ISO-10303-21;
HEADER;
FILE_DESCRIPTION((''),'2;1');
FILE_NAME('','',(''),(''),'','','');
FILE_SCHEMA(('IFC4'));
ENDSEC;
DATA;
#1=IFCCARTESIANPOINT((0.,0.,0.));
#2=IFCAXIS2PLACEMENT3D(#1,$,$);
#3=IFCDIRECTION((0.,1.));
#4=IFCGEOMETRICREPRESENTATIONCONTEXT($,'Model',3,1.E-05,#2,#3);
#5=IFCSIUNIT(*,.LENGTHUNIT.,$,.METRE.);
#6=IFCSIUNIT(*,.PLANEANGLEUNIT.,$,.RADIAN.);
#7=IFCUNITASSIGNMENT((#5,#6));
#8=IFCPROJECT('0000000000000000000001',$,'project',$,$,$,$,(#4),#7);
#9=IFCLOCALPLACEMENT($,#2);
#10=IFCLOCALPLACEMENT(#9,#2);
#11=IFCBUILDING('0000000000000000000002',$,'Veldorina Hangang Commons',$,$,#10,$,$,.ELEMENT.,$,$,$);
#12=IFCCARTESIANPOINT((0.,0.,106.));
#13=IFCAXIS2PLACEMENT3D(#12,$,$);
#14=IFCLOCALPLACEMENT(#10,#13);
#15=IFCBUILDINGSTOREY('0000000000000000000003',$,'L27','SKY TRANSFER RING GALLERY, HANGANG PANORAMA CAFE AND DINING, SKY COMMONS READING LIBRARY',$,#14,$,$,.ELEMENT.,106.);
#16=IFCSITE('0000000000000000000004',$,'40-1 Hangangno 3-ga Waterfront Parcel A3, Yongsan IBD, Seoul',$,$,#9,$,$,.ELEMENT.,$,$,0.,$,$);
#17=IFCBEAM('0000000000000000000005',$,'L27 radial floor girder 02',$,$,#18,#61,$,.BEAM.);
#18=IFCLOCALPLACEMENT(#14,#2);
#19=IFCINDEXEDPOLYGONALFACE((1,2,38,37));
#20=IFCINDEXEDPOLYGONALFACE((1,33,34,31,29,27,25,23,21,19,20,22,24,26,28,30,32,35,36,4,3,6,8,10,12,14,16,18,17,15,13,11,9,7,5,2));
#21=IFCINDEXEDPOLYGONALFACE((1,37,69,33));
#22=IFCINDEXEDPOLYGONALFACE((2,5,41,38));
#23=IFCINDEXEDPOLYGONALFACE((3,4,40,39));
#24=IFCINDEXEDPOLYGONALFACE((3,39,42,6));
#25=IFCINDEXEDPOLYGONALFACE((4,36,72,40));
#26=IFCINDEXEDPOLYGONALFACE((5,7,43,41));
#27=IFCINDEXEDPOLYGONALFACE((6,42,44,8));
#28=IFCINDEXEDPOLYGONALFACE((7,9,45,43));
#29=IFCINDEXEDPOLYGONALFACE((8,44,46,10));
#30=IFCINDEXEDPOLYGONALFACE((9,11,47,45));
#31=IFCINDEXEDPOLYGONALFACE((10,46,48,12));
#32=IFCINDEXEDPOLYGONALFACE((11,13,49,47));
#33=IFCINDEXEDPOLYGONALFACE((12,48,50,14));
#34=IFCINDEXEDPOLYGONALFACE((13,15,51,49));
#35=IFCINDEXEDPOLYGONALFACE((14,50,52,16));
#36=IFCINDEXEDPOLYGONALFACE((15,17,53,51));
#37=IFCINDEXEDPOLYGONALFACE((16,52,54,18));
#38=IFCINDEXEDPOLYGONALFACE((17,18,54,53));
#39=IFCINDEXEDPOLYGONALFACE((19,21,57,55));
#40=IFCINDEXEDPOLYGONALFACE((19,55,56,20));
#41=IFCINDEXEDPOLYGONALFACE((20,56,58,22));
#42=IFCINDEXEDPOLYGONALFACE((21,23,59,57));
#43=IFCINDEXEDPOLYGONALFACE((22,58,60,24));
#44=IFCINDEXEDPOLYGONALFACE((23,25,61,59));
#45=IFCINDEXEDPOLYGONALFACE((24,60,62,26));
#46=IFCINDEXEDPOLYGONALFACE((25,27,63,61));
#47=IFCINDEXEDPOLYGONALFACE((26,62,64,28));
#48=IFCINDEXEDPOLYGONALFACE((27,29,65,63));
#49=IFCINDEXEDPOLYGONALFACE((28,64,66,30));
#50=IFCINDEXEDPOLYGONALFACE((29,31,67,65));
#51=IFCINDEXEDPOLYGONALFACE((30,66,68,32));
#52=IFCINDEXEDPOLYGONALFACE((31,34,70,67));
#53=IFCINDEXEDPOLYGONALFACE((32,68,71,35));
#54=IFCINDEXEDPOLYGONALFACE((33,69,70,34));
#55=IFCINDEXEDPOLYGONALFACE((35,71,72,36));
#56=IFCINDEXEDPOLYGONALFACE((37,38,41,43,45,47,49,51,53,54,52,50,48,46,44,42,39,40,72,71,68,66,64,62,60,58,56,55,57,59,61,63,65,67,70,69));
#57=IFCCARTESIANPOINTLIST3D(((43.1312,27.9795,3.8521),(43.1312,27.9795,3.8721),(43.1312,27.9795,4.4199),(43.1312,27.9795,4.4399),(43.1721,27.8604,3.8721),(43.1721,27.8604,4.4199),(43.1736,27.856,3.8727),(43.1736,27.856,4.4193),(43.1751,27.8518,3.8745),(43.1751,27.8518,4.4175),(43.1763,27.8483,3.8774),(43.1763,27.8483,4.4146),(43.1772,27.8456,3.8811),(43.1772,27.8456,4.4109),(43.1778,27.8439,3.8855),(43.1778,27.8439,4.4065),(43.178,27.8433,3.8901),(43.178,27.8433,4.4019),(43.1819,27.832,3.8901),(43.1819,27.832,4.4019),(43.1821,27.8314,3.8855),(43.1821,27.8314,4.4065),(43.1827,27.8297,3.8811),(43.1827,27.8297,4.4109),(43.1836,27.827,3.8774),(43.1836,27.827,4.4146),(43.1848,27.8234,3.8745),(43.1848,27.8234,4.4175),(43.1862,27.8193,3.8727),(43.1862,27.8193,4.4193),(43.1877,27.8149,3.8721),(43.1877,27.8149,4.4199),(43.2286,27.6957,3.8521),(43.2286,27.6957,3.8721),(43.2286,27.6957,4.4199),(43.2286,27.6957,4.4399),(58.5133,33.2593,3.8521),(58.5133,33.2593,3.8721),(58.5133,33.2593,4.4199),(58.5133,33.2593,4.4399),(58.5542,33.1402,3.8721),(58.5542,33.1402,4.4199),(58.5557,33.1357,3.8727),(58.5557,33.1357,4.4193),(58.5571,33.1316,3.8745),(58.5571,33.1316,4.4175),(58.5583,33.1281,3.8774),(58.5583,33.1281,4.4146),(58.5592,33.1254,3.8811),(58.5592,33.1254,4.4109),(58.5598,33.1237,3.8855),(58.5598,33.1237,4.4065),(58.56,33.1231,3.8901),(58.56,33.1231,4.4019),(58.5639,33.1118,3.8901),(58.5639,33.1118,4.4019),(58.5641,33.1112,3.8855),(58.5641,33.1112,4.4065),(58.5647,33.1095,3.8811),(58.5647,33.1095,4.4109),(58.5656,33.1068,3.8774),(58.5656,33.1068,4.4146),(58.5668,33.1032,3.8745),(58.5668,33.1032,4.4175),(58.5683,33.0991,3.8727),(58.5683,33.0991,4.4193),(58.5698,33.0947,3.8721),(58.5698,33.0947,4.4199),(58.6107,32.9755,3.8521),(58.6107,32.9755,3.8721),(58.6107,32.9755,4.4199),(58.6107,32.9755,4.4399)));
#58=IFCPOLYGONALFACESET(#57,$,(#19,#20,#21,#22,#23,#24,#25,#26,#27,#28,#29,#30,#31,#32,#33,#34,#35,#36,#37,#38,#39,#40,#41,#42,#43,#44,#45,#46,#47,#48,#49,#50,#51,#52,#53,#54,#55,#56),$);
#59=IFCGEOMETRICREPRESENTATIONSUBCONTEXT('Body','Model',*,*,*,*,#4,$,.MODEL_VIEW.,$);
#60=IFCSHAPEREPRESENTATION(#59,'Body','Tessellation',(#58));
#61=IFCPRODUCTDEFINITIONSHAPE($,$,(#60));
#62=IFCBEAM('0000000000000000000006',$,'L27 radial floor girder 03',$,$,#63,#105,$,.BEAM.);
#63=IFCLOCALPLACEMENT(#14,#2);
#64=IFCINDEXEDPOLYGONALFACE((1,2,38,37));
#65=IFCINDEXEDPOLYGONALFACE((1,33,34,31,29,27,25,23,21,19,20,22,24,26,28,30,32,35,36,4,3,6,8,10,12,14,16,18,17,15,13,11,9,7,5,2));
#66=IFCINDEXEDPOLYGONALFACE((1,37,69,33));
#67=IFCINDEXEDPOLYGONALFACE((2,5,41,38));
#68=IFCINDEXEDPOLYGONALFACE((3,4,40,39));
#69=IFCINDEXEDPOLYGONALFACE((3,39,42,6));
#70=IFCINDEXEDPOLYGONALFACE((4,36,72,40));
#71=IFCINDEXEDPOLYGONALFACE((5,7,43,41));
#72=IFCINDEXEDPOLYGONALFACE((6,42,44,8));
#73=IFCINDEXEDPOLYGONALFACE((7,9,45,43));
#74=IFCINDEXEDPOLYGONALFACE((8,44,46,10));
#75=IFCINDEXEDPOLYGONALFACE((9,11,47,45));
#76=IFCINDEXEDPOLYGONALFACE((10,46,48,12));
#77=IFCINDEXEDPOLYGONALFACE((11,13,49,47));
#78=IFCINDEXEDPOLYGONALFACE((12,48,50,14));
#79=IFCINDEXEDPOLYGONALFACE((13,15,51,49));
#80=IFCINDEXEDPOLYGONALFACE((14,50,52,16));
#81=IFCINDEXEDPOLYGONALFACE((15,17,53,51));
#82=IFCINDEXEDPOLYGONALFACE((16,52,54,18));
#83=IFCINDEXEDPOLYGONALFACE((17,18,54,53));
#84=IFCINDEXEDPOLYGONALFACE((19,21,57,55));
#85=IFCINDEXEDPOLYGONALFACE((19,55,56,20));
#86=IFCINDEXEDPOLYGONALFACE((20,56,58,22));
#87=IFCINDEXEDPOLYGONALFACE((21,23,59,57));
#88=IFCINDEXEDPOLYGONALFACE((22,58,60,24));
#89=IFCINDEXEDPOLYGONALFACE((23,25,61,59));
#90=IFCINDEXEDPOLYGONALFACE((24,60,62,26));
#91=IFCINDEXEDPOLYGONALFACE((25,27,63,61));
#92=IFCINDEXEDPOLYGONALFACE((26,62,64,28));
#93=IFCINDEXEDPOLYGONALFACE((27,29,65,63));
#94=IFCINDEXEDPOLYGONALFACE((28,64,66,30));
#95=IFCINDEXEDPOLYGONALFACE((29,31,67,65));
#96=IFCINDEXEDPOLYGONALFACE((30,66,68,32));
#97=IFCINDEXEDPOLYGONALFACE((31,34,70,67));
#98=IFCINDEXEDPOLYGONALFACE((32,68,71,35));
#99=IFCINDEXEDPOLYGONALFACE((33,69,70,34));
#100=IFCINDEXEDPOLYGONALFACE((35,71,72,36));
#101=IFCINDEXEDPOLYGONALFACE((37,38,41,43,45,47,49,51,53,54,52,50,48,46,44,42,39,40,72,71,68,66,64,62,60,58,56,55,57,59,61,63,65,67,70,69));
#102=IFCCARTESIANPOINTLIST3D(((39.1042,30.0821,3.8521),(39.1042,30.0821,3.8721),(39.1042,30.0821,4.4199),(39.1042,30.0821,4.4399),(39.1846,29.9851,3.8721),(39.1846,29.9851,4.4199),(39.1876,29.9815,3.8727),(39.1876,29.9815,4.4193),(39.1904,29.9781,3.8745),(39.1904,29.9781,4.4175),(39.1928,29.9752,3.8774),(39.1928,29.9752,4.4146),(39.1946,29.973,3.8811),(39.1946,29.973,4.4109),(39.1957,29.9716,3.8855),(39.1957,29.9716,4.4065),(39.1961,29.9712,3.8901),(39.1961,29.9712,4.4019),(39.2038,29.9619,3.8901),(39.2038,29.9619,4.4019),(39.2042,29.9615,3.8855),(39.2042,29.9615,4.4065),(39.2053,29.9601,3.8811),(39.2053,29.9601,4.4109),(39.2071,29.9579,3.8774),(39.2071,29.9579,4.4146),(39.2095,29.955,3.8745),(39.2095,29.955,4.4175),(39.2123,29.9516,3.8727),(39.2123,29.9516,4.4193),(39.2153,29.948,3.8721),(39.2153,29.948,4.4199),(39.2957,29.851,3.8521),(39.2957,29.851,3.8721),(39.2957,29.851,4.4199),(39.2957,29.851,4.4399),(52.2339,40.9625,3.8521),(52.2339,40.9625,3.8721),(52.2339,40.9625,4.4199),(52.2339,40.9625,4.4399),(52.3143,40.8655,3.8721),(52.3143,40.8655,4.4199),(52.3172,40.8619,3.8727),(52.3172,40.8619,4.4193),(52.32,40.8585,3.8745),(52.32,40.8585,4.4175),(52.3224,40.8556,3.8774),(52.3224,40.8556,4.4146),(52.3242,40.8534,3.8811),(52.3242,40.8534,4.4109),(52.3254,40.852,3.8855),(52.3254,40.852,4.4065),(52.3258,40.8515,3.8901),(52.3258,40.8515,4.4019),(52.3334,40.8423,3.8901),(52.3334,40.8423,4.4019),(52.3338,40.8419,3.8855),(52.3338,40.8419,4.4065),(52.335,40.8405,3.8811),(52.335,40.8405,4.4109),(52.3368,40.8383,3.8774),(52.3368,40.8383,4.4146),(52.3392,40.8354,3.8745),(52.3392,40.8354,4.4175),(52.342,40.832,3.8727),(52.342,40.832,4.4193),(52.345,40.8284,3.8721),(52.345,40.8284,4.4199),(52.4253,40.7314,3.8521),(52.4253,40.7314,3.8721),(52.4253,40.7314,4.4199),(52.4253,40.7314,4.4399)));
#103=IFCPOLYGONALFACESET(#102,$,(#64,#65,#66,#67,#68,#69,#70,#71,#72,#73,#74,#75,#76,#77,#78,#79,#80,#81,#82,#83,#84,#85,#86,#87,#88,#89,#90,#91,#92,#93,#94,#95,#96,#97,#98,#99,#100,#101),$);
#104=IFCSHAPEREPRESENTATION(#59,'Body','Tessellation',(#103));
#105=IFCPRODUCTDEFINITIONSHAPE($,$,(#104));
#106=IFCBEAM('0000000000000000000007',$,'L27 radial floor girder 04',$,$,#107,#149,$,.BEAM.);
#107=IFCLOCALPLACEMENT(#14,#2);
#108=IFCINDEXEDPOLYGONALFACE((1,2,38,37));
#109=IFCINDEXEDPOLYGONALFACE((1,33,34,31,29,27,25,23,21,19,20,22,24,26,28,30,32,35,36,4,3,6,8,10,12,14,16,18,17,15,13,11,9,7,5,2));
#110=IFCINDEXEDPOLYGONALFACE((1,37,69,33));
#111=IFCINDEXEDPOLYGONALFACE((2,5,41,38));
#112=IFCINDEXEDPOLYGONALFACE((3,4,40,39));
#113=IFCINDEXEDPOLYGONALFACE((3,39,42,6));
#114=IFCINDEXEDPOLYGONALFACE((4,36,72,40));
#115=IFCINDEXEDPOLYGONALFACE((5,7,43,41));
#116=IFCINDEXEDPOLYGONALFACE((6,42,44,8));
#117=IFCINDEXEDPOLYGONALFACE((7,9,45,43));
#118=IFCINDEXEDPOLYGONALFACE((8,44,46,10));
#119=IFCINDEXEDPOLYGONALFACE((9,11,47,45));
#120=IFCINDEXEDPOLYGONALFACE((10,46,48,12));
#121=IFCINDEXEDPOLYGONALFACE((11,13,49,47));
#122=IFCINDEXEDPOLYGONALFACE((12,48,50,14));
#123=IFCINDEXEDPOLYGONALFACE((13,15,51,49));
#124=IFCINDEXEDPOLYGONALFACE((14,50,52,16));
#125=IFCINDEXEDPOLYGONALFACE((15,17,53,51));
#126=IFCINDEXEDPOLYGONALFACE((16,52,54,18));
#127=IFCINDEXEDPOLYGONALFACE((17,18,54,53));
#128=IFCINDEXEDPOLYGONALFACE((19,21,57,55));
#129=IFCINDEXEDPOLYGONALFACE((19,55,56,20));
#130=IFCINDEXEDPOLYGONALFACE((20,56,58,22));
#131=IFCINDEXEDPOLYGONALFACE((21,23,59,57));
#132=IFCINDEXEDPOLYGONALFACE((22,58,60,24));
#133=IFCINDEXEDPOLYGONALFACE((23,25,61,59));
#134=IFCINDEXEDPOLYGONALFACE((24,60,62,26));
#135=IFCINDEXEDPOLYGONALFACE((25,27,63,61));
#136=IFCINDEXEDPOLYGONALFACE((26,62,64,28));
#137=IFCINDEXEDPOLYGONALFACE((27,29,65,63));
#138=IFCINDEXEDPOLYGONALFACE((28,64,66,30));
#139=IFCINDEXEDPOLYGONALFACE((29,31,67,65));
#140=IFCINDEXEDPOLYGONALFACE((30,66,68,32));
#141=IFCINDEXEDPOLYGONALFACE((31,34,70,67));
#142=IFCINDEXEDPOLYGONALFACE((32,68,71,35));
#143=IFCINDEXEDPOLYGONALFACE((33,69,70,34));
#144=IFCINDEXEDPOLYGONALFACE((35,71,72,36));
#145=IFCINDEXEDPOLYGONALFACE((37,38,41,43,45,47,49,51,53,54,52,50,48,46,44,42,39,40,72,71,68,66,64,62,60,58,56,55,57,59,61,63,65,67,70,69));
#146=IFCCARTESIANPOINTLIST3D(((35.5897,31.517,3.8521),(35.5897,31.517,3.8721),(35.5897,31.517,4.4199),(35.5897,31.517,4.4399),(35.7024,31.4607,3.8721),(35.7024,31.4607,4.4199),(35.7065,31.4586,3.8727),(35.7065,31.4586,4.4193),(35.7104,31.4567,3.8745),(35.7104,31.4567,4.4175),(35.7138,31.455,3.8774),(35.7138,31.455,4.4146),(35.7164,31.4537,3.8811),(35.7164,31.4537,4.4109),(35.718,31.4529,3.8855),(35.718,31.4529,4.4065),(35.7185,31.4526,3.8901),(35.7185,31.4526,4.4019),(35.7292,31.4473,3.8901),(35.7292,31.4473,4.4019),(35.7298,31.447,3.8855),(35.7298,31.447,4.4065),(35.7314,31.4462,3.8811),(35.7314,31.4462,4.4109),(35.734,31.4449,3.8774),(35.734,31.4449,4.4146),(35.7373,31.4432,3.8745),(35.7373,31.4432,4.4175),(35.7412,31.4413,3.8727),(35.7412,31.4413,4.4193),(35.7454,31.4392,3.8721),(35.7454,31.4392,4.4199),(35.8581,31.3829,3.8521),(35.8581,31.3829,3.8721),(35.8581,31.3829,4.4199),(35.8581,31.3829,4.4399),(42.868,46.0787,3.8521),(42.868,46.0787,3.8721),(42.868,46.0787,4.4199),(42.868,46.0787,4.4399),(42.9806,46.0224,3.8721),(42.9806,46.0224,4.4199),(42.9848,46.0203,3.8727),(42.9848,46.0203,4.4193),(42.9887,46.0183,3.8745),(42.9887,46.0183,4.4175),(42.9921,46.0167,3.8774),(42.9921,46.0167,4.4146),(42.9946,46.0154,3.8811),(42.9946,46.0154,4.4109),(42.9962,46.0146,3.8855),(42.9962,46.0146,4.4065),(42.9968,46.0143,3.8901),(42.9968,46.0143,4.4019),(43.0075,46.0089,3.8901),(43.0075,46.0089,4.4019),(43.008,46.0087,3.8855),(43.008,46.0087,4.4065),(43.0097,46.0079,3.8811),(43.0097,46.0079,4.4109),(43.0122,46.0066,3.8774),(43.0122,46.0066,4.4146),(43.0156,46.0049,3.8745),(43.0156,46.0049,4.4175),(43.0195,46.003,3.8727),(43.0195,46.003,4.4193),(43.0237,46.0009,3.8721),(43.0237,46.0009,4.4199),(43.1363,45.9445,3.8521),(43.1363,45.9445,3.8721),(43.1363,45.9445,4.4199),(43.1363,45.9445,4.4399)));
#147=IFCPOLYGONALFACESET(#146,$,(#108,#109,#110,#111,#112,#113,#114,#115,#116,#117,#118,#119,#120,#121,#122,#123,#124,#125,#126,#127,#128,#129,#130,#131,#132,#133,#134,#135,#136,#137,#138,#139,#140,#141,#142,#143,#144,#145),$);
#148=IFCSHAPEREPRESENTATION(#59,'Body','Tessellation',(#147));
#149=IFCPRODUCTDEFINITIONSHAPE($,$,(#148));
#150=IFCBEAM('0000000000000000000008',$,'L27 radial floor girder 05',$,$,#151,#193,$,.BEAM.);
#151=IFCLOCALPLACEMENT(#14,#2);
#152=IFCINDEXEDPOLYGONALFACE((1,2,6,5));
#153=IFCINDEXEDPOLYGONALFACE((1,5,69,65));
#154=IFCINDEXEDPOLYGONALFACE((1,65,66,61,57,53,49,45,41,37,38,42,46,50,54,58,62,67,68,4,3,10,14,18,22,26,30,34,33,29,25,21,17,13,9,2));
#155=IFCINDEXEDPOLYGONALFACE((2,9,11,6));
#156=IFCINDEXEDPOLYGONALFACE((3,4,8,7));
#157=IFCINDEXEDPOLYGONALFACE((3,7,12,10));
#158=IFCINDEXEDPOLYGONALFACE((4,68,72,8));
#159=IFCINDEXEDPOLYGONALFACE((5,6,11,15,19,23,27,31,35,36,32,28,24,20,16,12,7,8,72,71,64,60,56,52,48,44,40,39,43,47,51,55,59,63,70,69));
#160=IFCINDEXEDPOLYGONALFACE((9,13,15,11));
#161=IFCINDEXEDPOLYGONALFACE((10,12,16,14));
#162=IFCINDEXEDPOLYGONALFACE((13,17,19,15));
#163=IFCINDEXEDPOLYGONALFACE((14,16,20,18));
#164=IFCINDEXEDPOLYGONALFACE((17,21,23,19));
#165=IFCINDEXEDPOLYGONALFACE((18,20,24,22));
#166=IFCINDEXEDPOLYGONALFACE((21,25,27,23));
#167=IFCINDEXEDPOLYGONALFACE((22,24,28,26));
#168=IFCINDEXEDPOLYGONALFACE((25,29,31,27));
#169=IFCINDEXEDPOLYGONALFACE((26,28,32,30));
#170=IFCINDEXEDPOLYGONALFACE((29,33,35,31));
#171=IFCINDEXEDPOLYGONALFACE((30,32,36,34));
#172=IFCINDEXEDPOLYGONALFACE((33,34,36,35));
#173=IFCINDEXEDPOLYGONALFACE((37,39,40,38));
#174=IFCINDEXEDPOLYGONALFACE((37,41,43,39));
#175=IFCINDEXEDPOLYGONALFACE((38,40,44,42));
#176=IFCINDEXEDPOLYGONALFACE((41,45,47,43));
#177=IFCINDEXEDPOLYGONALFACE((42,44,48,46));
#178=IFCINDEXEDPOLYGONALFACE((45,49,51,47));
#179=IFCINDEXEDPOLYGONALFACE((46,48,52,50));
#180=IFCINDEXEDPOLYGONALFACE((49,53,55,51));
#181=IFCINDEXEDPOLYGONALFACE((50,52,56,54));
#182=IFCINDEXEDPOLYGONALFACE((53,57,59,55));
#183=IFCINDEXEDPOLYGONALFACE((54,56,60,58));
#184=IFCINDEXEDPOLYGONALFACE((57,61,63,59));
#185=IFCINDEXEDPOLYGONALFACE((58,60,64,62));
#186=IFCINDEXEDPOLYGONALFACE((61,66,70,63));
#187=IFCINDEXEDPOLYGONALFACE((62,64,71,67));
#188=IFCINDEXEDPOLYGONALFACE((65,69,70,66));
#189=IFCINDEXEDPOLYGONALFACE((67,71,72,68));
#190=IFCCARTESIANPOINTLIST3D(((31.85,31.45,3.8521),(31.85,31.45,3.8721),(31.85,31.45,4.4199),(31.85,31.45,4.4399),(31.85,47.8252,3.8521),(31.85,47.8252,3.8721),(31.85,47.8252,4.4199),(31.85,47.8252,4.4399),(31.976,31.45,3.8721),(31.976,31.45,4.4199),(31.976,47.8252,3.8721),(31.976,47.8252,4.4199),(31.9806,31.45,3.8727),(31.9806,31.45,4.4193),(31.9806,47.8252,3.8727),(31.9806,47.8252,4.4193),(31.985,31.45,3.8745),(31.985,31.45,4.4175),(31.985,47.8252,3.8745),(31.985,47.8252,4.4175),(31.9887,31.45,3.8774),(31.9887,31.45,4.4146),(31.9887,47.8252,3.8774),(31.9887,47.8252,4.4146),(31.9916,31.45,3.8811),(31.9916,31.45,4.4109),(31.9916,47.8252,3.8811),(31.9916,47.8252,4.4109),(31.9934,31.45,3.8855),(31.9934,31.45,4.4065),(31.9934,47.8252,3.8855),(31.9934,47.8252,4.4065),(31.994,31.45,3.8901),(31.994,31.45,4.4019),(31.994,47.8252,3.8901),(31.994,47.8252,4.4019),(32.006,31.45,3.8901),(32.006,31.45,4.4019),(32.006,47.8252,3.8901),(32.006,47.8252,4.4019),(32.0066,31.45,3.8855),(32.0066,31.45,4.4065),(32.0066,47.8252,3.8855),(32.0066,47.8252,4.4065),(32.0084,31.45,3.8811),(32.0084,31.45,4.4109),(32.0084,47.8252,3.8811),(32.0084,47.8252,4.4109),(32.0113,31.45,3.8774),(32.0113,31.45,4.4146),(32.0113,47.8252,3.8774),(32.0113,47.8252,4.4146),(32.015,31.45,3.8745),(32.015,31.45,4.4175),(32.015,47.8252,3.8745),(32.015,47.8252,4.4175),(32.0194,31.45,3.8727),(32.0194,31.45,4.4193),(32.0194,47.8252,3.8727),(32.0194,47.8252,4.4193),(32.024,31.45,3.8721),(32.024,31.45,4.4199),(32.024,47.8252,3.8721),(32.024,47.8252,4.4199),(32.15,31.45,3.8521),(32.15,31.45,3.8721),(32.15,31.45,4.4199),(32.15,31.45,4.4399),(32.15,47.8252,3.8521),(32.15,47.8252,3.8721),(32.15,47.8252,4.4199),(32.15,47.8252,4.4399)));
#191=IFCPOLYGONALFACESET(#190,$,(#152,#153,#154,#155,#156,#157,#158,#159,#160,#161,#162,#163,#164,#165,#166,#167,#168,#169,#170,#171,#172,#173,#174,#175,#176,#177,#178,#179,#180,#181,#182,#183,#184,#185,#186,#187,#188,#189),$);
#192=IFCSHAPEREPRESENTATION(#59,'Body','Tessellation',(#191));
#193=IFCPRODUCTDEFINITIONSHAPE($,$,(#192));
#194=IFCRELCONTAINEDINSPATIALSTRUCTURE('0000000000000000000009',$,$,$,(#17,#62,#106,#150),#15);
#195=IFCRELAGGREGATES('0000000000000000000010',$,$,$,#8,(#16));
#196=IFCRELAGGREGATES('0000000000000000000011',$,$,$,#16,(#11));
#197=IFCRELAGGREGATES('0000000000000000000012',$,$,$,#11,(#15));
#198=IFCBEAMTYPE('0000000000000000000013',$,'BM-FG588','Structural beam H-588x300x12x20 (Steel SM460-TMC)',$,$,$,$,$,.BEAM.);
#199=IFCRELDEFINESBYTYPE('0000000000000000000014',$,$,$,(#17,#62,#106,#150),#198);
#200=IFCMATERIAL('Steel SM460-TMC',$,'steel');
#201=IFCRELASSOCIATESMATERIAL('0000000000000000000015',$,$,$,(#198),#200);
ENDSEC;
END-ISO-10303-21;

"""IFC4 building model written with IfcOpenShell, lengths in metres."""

from ifc_helpers import new_model, si_unit, direction, frame, origin, origin_2d, place, context, subcontext, project, spatial, i_section, extrude, material, material_profile, profile_set, type_object, element, save


model = new_model("IFC4")

# Units and contexts
model_context = context("Model", 3, precision=1e-05, world=origin(), true_north=direction((0.0, 1.0)))
body_context = subcontext(model_context, "Body", "Model", "MODEL_VIEW")
ifc_project = project(units=[si_unit("LENGTHUNIT", "METRE"), si_unit("PLANEANGLEUNIT", "RADIAN")], contexts=[model_context])

# Site, building, storey
site_placement = place(None, origin())
site = spatial("IfcSite", under=ifc_project, at=site_placement, Name="40-1 Hangangno 3-ga Waterfront Parcel A3, Yongsan IBD, Seoul", CompositionType="ELEMENT", RefElevation=0.0)
building_placement = place(site_placement, origin())
building = spatial("IfcBuilding", under=site, at=building_placement, Name="Veldorina Hangang Commons", CompositionType="ELEMENT")
storey_placement = place(building_placement, frame((0.0, 0.0, 106.0)))
storey = spatial("IfcBuildingStorey", under=building, at=storey_placement, Name="L27", Description="SKY TRANSFER RING GALLERY, HANGANG PANORAMA CAFE AND DINING, SKY COMMONS READING LIBRARY", CompositionType="ELEMENT", Elevation=106.0)

# Beams
ifc_material_1 = material(Name="Steel SM460-TMC", Category="steel")
ifc_material_profile = material_profile(ifc_material_1, i_section(OverallWidth=0.3, OverallDepth=0.5879, WebThickness=0.012, FlangeThickness=0.02, FilletRadius=0.0181, at=origin_2d()), Name="H-588x300x12x20")
ifc_profile_set = profile_set([ifc_material_profile], Name="Steel SM460-TMC")
beam_type = type_object("IfcBeamType", Name="BM-FG588", Description="Structural beam H-588x300x12x20 (Steel SM460-TMC)", PredefinedType="BEAM", material=ifc_profile_set)
beam_1_placement = place(storey_placement, frame((43.1799, 27.8376, 4.146), z_axis=(0.945834, 0.324651, 0.0), x_axis=(-0.324651, 0.945834, 0.0)))
element("IfcBeam", 1, at=beam_1_placement, inside=storey, type_object=beam_type, Name="L27 radial floor girder 02", PredefinedType="BEAM", context=body_context, shape_type="SweptSolid", body=[
    extrude(i_section(OverallWidth=0.3, OverallDepth=0.5879, WebThickness=0.012, FlangeThickness=0.02, FilletRadius=0.0181, at=origin_2d()), origin(), (0.0, 0.0, 1.0), 16.2629),
])
beam_2_placement = place(storey_placement, frame((39.2, 29.9666, 4.146), z_axis=(0.769978, 0.638071, 0.0), x_axis=(-0.638071, 0.769978, 0.0)))
element("IfcBeam", 2, at=beam_2_placement, inside=storey, type_object=beam_type, Name="L27 radial floor girder 03", PredefinedType="BEAM", context=body_context, shape_type="SweptSolid", body=[
    extrude(i_section(OverallWidth=0.3, OverallDepth=0.5879, WebThickness=0.012, FlangeThickness=0.02, FilletRadius=0.0181, at=origin_2d()), origin(), (0.0, 0.0, 1.0), 17.052),
])
beam_3_placement = place(storey_placement, frame((35.7239, 31.45, 4.146), z_axis=(0.447088, 0.89449, 0.0), x_axis=(-0.89449, 0.447088, 0.0)))
element("IfcBeam", 3, at=beam_3_placement, inside=storey, type_object=beam_type, Name="L27 radial floor girder 04", PredefinedType="BEAM", context=body_context, shape_type="SweptSolid", body=[
    extrude(i_section(OverallWidth=0.3, OverallDepth=0.5879, WebThickness=0.012, FlangeThickness=0.02, FilletRadius=0.0181, at=origin_2d()), origin(), (0.0, 0.0, 1.0), 16.2793),
])
beam_4_placement = place(storey_placement, frame((32.0, 31.45, 4.146), z_axis=(0.0, 1.0, 0.0), x_axis=(-1.0, 0.0, 0.0)))
element("IfcBeam", 4, at=beam_4_placement, inside=storey, type_object=beam_type, Name="L27 radial floor girder 05", PredefinedType="BEAM", context=body_context, shape_type="SweptSolid", body=[
    extrude(i_section(OverallWidth=0.3, OverallDepth=0.5879, WebThickness=0.012, FlangeThickness=0.02, FilletRadius=0.0181, at=origin_2d()), origin(), (0.0, 0.0, 1.0), 16.3752),
])

save(model, "model.ifc")
